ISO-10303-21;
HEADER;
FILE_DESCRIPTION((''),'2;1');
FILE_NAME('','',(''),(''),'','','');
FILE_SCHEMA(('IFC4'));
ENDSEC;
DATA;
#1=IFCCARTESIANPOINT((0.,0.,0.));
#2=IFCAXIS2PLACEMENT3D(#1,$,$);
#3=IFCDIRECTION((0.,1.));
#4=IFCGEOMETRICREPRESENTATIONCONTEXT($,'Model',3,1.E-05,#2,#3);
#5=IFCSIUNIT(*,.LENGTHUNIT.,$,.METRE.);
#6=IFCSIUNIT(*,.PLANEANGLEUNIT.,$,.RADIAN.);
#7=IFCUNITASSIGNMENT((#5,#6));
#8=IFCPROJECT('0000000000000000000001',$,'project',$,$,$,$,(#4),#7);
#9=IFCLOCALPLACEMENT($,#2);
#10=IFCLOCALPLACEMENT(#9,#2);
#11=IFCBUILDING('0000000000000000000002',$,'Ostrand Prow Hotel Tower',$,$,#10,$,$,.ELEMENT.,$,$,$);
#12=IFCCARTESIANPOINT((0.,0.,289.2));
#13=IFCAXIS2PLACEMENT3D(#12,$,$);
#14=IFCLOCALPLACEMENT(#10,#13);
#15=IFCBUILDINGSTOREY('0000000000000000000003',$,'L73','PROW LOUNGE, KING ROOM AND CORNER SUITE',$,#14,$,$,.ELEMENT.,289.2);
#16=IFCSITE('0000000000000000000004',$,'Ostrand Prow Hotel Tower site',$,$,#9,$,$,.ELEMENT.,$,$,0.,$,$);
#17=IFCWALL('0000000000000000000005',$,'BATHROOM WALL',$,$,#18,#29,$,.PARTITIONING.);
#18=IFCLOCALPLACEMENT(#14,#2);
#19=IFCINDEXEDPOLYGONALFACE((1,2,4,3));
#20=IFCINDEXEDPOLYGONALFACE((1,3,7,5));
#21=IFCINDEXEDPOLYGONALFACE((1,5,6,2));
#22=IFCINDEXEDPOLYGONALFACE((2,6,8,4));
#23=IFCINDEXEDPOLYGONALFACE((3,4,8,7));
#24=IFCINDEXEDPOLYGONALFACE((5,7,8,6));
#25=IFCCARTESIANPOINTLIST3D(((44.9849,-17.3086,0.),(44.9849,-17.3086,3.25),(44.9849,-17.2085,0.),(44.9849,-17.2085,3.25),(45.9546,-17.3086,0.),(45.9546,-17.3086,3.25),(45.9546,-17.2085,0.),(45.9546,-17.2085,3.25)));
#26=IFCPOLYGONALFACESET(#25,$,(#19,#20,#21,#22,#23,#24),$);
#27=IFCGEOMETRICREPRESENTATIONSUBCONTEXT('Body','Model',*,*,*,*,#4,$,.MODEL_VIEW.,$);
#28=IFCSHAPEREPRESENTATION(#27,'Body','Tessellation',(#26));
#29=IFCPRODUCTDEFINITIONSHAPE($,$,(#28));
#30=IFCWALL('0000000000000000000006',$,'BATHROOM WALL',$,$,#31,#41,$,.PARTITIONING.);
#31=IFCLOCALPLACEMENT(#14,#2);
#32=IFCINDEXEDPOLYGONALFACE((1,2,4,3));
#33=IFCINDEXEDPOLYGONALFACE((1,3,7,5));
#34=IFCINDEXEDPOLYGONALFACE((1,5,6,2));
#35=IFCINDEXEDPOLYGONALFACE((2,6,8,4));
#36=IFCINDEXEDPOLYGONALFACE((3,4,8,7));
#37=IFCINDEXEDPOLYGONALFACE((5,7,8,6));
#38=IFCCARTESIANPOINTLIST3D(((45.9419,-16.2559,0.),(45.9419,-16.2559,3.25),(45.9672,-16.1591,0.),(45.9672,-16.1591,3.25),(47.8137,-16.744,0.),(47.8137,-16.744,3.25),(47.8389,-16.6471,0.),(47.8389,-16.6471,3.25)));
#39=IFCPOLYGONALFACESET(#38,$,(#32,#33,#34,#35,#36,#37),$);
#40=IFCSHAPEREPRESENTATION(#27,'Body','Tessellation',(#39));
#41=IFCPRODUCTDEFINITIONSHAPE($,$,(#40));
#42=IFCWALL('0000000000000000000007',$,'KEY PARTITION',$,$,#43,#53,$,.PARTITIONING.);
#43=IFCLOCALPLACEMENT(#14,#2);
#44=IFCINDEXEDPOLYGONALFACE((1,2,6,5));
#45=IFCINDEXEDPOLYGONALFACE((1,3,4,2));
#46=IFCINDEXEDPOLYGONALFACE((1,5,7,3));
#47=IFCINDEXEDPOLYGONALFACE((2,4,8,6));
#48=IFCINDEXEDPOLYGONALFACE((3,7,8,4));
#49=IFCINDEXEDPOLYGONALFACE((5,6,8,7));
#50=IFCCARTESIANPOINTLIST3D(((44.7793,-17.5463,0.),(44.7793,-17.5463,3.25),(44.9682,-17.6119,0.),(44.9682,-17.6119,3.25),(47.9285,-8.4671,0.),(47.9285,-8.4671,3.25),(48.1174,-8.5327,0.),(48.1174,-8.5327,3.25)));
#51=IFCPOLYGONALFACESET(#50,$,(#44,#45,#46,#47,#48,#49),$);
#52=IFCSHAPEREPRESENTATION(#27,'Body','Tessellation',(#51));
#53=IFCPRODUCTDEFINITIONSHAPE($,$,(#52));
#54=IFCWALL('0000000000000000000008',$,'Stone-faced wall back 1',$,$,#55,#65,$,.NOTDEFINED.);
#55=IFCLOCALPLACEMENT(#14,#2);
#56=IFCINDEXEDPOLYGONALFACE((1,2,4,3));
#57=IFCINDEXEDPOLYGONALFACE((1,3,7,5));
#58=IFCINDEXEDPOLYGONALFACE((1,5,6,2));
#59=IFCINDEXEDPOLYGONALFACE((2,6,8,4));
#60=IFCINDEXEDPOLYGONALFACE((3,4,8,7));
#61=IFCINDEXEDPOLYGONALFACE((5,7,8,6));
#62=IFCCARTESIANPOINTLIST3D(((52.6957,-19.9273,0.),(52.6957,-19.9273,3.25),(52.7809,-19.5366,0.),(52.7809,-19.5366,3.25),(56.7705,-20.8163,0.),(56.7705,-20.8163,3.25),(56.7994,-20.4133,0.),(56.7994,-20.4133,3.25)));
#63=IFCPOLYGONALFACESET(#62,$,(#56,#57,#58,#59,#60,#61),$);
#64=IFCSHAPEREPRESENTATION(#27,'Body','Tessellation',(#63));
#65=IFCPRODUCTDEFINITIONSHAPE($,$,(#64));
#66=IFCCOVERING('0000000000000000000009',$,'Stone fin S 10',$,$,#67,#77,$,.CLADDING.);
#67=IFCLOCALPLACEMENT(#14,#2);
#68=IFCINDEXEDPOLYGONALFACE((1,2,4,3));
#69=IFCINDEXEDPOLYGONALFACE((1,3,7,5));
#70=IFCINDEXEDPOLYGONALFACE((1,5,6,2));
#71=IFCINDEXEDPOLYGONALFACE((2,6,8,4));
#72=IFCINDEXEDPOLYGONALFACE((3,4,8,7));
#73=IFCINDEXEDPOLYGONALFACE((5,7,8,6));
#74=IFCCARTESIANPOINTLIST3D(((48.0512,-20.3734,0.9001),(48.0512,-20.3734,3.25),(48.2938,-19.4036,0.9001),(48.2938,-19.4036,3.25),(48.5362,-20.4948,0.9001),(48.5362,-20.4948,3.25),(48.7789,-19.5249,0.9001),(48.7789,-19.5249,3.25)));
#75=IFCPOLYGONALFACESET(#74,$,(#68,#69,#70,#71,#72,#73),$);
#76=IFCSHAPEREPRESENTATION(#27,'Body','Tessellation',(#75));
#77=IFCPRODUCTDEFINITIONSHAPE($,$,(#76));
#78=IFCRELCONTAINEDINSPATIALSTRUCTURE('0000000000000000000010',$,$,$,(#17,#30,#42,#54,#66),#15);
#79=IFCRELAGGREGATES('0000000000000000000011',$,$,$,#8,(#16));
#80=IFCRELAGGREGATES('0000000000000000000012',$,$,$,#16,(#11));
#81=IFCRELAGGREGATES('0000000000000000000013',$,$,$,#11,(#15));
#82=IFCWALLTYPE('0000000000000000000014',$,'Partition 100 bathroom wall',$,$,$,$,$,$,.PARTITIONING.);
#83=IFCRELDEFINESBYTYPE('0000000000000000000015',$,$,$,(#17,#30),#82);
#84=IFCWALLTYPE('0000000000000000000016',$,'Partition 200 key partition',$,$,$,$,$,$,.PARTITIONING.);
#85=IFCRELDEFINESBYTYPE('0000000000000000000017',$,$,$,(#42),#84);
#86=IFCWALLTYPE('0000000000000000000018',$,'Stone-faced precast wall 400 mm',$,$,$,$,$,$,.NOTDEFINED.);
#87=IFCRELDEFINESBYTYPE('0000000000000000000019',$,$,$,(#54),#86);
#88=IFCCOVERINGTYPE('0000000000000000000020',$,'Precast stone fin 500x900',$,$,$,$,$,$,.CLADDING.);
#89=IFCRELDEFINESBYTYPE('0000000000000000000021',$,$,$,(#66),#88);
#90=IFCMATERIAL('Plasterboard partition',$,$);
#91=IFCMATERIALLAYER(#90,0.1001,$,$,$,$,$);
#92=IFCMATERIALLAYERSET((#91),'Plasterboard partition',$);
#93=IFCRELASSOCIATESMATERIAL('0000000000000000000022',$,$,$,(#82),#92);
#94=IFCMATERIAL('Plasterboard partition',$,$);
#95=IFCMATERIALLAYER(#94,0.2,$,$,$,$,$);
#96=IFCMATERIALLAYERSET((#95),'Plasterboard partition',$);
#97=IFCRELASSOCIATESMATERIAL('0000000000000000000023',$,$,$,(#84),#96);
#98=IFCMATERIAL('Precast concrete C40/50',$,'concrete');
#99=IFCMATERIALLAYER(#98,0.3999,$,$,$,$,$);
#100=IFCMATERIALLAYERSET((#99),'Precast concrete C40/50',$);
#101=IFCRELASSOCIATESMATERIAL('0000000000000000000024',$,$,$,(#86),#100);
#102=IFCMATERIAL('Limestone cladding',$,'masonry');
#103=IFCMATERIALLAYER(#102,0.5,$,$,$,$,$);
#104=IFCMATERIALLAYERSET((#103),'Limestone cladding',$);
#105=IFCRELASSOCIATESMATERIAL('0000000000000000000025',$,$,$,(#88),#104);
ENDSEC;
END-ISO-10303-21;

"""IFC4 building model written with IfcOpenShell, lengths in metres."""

from ifc_helpers import new_model, si_unit, direction, frame, frame_2d, origin, place, context, subcontext, project, spatial, polyline, rectangle, outline, extrude, material, layer, layer_set, type_object, element, save


model = new_model("IFC4")

# Units and contexts
model_context = context("Model", 3, precision=1e-05, world=origin(), true_north=direction((0.0, 1.0)))
body_context = subcontext(model_context, "Body", "Model", "MODEL_VIEW")
ifc_project = project(units=[si_unit("LENGTHUNIT", "METRE"), si_unit("PLANEANGLEUNIT", "RADIAN")], contexts=[model_context])

# Site, building, storey
site_placement = place(None, origin())
site = spatial("IfcSite", under=ifc_project, at=site_placement, Name="Ostrand Prow Hotel Tower site", CompositionType="ELEMENT", RefElevation=0.0)
building_placement = place(site_placement, origin())
building = spatial("IfcBuilding", under=site, at=building_placement, Name="Ostrand Prow Hotel Tower", CompositionType="ELEMENT")
storey_placement = place(building_placement, frame((0.0, 0.0, 289.2)))
storey = spatial("IfcBuildingStorey", under=building, at=storey_placement, Name="L73", Description="PROW LOUNGE, KING ROOM AND CORNER SUITE", CompositionType="ELEMENT", Elevation=289.2)

# Walls
ifc_material_1 = material(Name="Plasterboard partition")
ifc_layer_1 = layer(ifc_material_1, 0.1001)
ifc_layer_set_1 = layer_set([ifc_layer_1], Name="Plasterboard partition")
wall_type_1 = type_object("IfcWallType", Name="Partition 100 bathroom wall", PredefinedType="PARTITIONING", material=ifc_layer_set_1)
wall_1_placement = place(storey_placement, frame((45.9546, -17.2585, 0.0), z_axis=(0.0, 0.0, 1.0), x_axis=(-1.0, 0.0, 0.0)))
element("IfcWall", 1, at=wall_1_placement, inside=storey, type_object=wall_type_1, Name="BATHROOM WALL", PredefinedType="PARTITIONING", context=body_context, shape_type="SweptSolid", body=[
    extrude(rectangle(XDim=0.9697, YDim=0.1001, at=frame_2d((0.4849, 0.0))), origin(), (0.0, 0.0, 1.0), 3.25),
])
wall_2_placement = place(storey_placement, frame((47.8264, -16.6956, 0.0), z_axis=(0.0, 0.0, 1.0), x_axis=(-0.967651, 0.252293, 0.0)))
element("IfcWall", 2, at=wall_2_placement, inside=storey, type_object=wall_type_1, Name="BATHROOM WALL", PredefinedType="PARTITIONING", context=body_context, shape_type="SweptSolid", body=[
    extrude(rectangle(XDim=1.9343, YDim=0.1001, at=frame_2d((0.9673, 0.0))), origin(), (0.0, 0.0, 1.0), 3.25),
])
ifc_material_2 = material(Name="Plasterboard partition")
ifc_layer_2 = layer(ifc_material_2, 0.2)
ifc_layer_set_2 = layer_set([ifc_layer_2], Name="Plasterboard partition")
wall_type_2 = type_object("IfcWallType", Name="Partition 200 key partition", PredefinedType="PARTITIONING", material=ifc_layer_set_2)
wall_3_placement = place(storey_placement, frame((44.8738, -17.5791, 0.0), z_axis=(0.0, 0.0, 1.0), x_axis=(0.327706, 0.94478, 0.0)))
element("IfcWall", 3, at=wall_3_placement, inside=storey, type_object=wall_type_2, Name="KEY PARTITION", PredefinedType="PARTITIONING", context=body_context, shape_type="SweptSolid", body=[
    extrude(rectangle(XDim=9.6099, YDim=0.2, at=frame_2d((4.8049, 0.0))), origin(), (0.0, 0.0, 1.0), 3.25),
])
ifc_material_3 = material(Name="Precast concrete C40/50", Category="concrete")
ifc_layer_3 = layer(ifc_material_3, 0.3999)
ifc_layer_set_3 = layer_set([ifc_layer_3], Name="Precast concrete C40/50")
wall_type_3 = type_object("IfcWallType", Name="Stone-faced precast wall 400 mm", PredefinedType="NOTDEFINED", material=ifc_layer_set_3)
wall_4_placement = place(storey_placement, frame((52.7383, -19.7319, 0.0), z_axis=(0.0, 0.0, 1.0), x_axis=(0.97702, -0.213147, 0.0)))
element("IfcWall", 4, at=wall_4_placement, inside=storey, type_object=wall_type_3, Name="Stone-faced wall back 1", PredefinedType="NOTDEFINED", context=body_context, shape_type="SweptSolid", body=[
    extrude(outline(polyline([(0.0, -0.2), (4.1707, -0.2), (4.113, 0.2), (0.0, 0.2), (0.0, -0.2)])), origin(), (0.0, 0.0, 1.0), 3.25),
])

# Covering
ifc_material_4 = material(Name="Limestone cladding", Category="masonry")
ifc_layer_4 = layer(ifc_material_4, 0.5)
ifc_layer_set_4 = layer_set([ifc_layer_4], Name="Limestone cladding")
covering_type = type_object("IfcCoveringType", Name="Precast stone fin 500x900", PredefinedType="CLADDING", material=ifc_layer_set_4)
covering_placement = place(storey_placement, frame((48.5364, -19.4641, 0.9001), z_axis=(0.0, 0.0, 1.0), x_axis=(-0.242708, -0.970099, 0.0)))
element("IfcCovering", 5, at=covering_placement, inside=storey, type_object=covering_type, Name="Stone fin S 10", PredefinedType="CLADDING", context=body_context, shape_type="SweptSolid", body=[
    extrude(rectangle(XDim=0.9998, YDim=0.5, at=frame_2d((0.5, 0.0))), origin(), (0.0, 0.0, 1.0), 2.3499),
])

save(model, "model.ifc")
